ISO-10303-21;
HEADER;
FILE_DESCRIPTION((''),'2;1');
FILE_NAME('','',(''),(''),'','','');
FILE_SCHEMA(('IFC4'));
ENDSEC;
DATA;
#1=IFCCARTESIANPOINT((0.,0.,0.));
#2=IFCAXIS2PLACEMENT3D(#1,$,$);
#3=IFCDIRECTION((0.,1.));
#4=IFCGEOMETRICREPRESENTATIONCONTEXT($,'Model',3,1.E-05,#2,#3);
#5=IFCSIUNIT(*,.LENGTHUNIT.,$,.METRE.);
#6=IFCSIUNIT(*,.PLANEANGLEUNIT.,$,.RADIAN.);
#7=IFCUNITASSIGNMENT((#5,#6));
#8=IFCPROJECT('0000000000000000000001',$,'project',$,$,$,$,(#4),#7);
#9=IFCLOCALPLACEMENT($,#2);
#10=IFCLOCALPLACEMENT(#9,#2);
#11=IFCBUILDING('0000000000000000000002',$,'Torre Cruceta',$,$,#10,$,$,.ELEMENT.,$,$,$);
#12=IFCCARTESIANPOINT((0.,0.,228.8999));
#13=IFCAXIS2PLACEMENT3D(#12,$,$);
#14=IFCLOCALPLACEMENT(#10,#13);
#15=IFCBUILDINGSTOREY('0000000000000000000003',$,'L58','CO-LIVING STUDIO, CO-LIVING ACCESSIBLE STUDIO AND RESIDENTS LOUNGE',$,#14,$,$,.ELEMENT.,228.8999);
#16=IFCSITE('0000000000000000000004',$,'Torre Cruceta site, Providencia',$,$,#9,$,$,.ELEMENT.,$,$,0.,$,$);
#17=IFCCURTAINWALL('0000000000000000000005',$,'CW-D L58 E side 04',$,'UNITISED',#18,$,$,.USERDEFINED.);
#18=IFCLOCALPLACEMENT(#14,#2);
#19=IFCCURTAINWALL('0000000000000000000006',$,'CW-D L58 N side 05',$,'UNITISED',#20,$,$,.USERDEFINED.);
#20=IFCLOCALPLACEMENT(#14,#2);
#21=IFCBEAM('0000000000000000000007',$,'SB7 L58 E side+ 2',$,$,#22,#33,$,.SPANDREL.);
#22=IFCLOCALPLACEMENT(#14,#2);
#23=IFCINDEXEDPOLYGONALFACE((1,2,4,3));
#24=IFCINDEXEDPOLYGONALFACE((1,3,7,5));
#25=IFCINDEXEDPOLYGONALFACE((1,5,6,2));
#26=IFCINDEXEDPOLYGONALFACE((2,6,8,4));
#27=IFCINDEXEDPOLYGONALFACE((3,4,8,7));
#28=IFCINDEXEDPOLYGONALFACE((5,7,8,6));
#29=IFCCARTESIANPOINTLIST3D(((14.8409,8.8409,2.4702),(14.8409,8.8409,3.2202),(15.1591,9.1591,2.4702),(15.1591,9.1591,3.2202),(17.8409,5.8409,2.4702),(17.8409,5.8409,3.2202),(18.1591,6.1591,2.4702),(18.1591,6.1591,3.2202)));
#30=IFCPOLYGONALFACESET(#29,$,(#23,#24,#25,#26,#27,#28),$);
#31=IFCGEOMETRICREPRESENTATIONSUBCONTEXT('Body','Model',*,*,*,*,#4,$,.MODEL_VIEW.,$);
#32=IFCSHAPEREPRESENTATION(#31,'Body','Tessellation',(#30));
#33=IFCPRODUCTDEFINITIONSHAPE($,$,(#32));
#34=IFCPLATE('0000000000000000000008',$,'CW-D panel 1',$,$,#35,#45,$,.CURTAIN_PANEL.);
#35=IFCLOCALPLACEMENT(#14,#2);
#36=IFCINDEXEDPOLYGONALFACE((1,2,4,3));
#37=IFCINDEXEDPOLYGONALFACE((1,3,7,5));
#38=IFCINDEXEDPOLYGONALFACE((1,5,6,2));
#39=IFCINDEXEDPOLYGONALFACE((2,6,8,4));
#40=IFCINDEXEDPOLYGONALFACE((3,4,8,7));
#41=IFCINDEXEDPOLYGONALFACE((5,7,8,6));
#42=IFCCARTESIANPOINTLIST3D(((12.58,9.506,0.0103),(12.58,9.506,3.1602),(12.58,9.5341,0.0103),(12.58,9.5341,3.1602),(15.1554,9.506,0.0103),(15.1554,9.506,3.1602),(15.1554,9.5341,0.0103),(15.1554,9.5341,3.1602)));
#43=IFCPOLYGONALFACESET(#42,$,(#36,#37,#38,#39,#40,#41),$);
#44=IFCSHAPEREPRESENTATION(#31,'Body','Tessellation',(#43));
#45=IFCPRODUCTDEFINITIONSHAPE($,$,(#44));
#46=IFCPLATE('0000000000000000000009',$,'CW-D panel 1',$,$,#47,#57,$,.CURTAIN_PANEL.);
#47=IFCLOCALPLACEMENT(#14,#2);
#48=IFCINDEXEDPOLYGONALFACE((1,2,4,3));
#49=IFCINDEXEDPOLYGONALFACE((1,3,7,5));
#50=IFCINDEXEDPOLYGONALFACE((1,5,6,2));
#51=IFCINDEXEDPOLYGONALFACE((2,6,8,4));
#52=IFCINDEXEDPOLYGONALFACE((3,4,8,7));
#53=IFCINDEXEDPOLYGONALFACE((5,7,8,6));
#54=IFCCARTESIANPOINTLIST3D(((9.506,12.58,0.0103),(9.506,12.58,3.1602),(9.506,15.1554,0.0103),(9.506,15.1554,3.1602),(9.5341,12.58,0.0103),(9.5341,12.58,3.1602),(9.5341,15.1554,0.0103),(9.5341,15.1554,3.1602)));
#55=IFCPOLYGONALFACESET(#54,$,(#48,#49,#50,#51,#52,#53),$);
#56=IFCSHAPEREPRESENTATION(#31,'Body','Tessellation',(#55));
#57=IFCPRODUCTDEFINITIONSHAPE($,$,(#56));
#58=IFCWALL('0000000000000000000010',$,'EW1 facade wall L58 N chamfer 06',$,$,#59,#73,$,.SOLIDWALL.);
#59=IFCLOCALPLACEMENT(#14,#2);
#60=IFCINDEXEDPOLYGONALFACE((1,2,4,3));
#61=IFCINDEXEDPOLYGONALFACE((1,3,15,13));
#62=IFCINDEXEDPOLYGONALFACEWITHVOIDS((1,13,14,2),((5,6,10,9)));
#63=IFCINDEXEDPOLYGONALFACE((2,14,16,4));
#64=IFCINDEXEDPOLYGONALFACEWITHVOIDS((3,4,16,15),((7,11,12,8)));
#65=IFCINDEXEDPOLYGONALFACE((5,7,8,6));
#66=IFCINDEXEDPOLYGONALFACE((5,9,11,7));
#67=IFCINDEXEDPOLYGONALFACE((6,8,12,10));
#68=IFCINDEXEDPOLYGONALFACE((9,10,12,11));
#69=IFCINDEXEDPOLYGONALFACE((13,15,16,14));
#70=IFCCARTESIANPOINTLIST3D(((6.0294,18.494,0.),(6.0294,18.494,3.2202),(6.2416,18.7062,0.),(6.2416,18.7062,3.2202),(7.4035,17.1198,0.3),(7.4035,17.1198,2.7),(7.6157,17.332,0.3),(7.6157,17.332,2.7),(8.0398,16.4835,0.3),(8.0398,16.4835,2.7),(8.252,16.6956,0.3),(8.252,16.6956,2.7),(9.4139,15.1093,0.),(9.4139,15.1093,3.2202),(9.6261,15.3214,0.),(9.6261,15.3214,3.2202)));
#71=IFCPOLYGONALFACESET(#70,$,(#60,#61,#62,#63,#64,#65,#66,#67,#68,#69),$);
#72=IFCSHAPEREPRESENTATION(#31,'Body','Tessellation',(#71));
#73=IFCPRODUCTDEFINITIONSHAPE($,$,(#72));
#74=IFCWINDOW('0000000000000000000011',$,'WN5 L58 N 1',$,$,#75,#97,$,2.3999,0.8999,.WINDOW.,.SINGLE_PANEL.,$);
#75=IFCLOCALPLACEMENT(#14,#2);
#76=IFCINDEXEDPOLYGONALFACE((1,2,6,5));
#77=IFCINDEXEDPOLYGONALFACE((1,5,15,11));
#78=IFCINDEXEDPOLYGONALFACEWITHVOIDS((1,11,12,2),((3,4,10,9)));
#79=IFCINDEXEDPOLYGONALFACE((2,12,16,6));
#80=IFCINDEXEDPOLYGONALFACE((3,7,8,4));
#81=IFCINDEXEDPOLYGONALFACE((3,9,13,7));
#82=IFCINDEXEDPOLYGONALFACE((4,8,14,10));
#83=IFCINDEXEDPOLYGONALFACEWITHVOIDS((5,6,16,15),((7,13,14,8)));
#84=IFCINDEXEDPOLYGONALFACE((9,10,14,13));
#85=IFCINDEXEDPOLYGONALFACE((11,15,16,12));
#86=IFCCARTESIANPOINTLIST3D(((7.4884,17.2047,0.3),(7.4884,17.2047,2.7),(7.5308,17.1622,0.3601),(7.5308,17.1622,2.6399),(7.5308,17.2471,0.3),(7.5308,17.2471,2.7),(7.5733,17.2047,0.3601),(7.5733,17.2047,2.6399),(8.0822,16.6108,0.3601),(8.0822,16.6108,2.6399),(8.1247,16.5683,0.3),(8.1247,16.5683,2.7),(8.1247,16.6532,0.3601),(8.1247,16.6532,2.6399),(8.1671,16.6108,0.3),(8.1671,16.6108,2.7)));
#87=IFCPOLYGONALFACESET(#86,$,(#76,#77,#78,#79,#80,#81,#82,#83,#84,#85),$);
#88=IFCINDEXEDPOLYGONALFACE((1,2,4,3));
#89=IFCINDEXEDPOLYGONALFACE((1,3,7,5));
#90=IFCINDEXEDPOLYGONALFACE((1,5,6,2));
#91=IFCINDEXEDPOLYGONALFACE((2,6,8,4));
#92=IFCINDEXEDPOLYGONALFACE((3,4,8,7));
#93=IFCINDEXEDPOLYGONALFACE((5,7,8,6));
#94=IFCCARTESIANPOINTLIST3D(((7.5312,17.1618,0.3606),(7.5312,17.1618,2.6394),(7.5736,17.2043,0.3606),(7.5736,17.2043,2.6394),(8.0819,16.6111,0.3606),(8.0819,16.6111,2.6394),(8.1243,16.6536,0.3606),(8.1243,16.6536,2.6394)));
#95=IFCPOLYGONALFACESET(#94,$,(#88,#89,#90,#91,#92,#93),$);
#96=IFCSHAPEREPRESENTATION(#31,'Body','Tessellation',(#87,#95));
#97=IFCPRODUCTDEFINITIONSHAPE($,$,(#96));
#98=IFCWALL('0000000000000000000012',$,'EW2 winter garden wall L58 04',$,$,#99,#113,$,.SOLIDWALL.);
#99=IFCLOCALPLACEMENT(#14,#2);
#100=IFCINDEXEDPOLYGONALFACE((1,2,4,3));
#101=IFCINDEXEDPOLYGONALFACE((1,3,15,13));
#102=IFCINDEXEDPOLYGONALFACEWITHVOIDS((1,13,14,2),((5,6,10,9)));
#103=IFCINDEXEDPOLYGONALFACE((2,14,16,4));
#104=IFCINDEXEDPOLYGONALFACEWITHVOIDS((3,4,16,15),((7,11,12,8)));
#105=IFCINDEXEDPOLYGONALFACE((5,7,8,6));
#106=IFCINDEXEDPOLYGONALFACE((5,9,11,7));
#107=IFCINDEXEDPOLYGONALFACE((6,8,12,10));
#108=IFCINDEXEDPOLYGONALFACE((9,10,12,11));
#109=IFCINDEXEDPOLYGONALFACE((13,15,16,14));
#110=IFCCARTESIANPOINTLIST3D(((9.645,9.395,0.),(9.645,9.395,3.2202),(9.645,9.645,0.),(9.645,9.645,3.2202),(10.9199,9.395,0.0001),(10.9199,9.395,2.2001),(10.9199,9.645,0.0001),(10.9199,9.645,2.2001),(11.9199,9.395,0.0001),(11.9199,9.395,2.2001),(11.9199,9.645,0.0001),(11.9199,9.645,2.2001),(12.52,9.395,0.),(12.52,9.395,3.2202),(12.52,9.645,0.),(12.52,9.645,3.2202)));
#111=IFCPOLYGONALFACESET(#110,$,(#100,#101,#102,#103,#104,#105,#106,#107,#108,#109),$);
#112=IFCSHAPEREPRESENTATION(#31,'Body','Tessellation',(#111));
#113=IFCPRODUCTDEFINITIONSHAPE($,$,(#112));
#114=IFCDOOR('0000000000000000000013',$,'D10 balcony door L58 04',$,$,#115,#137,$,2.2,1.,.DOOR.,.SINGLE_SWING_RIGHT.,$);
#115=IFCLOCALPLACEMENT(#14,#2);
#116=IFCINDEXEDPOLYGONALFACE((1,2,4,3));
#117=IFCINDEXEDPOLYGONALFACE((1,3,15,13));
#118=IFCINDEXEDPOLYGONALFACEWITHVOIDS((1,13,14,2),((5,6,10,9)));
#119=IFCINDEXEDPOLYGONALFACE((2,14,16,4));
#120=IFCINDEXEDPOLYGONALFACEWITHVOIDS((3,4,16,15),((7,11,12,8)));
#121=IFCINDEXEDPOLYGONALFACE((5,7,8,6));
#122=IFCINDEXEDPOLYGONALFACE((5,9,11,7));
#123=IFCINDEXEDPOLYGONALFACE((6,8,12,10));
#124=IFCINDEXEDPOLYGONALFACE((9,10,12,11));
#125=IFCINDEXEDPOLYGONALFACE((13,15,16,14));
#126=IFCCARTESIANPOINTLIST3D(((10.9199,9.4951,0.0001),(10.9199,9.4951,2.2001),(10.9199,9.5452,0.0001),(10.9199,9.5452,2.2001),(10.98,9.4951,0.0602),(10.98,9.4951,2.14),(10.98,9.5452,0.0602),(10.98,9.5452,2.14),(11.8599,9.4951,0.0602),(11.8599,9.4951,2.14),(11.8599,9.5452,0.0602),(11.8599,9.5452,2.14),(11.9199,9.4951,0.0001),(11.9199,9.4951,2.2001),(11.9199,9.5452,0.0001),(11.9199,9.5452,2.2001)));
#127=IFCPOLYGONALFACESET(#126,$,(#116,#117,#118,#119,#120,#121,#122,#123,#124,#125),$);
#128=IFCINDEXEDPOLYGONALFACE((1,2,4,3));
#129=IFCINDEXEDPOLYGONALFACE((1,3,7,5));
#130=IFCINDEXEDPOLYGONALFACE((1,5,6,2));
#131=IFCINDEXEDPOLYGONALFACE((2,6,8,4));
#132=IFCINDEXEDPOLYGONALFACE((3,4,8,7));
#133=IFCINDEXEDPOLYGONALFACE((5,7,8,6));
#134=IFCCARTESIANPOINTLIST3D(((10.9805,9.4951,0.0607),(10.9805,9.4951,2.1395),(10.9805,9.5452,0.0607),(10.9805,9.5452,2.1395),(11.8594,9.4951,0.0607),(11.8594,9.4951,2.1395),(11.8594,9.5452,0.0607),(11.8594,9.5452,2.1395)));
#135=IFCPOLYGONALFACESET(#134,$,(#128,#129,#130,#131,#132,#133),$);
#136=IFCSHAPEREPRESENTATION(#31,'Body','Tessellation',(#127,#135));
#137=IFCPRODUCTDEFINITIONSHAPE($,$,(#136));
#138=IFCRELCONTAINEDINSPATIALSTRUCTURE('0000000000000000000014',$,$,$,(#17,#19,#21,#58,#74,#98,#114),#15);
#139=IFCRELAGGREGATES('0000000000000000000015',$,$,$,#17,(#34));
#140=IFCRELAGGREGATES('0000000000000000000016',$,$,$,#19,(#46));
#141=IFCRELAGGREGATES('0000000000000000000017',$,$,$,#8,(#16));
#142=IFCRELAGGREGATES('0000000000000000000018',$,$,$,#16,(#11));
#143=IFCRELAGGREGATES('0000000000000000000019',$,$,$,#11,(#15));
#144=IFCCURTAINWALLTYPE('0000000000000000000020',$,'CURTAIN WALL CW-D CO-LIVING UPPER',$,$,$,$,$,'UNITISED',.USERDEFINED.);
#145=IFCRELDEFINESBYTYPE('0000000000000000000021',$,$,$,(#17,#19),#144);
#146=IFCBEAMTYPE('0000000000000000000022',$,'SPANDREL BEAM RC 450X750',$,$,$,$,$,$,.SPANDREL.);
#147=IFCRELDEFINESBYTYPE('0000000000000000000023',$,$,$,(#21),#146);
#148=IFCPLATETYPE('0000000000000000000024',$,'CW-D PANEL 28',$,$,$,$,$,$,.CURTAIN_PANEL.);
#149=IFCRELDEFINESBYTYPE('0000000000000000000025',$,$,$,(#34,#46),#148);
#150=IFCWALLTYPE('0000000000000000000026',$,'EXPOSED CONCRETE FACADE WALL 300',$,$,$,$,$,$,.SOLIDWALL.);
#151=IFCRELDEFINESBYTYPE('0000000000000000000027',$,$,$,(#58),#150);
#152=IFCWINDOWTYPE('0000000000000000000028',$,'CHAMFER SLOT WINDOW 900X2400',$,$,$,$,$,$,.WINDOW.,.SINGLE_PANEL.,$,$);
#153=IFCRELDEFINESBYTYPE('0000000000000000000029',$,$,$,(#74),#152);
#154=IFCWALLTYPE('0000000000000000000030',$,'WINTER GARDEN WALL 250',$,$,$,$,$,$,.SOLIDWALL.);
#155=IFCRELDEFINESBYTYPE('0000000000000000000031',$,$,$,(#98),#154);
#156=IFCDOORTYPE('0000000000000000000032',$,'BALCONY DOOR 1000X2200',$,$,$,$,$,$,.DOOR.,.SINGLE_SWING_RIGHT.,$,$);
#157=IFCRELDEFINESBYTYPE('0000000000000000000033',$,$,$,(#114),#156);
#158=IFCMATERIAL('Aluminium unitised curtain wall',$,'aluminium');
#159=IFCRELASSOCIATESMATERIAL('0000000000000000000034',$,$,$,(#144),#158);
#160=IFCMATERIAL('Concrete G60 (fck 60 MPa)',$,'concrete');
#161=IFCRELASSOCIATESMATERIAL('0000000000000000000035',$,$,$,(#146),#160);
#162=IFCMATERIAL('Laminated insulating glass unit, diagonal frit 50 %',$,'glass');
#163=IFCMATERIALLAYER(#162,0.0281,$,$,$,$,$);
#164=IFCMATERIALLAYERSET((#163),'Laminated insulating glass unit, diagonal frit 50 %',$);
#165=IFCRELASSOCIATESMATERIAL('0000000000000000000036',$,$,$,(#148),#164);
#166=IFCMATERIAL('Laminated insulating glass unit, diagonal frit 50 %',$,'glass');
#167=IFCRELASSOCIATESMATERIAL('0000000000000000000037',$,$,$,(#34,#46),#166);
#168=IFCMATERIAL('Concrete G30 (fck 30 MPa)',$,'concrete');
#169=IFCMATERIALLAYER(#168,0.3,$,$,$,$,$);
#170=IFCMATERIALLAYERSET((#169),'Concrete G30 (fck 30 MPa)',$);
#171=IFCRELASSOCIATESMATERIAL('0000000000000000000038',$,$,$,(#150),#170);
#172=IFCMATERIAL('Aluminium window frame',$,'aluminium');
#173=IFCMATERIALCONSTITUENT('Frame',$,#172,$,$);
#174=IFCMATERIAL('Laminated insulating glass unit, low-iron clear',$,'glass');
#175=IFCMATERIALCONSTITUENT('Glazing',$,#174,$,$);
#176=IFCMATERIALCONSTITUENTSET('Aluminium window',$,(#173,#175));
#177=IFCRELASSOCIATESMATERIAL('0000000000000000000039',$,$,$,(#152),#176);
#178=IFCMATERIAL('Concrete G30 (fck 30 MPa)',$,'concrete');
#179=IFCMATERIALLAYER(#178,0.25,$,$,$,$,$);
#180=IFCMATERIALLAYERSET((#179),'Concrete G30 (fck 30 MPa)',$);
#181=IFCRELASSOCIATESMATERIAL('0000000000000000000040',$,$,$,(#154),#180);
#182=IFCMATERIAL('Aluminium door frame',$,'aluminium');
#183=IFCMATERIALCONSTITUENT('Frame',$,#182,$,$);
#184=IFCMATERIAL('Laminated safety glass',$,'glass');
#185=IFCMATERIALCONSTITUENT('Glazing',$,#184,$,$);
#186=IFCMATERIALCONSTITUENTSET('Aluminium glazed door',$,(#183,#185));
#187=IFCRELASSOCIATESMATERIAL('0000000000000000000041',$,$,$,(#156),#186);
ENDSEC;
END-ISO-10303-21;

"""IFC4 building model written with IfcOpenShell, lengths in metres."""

from ifc_helpers import new_model, si_unit, direction, frame, frame_2d, origin, origin_2d, place, context, subcontext, project, spatial, rectangle, hollow_rectangle, extrude, material, layer, layer_set, constituent, constituent_set, material_profile, profile_set, type_object, element, fill, aggregate, save


model = new_model("IFC4")

# Units and contexts
model_context = context("Model", 3, precision=1e-05, world=origin(), true_north=direction((0.0, 1.0)))
body_context = subcontext(model_context, "Body", "Model", "MODEL_VIEW")
ifc_project = project(units=[si_unit("LENGTHUNIT", "METRE"), si_unit("PLANEANGLEUNIT", "RADIAN")], contexts=[model_context])

# Site, building, storey
site_placement = place(None, origin())
site = spatial("IfcSite", under=ifc_project, at=site_placement, Name="Torre Cruceta site, Providencia", CompositionType="ELEMENT", RefElevation=0.0)
building_placement = place(site_placement, origin())
building = spatial("IfcBuilding", under=site, at=building_placement, Name="Torre Cruceta", CompositionType="ELEMENT")
storey_placement = place(building_placement, frame((0.0, 0.0, 228.8999)))
storey = spatial("IfcBuildingStorey", under=building, at=storey_placement, Name="L58", Description="CO-LIVING STUDIO, CO-LIVING ACCESSIBLE STUDIO AND RESIDENTS LOUNGE", CompositionType="ELEMENT", Elevation=228.8999)

# Curtain walls
ifc_material_1 = material(Name="Aluminium unitised curtain wall", Category="aluminium")
curtain_wall_type = type_object("IfcCurtainWallType", Name="CURTAIN WALL CW-D CO-LIVING UPPER", ElementType="UNITISED", PredefinedType="USERDEFINED", material=ifc_material_1)
curtain_wall_1_placement = place(storey_placement, origin())
curtain_wall_1 = element("IfcCurtainWall", 1, at=curtain_wall_1_placement, inside=storey, type_object=curtain_wall_type, Name="CW-D L58 E side 04", ObjectType="UNITISED", PredefinedType="USERDEFINED")
curtain_wall_2_placement = place(storey_placement, origin())
curtain_wall_2 = element("IfcCurtainWall", 2, at=curtain_wall_2_placement, inside=storey, type_object=curtain_wall_type, Name="CW-D L58 N side 05", ObjectType="UNITISED", PredefinedType="USERDEFINED")

# Beam
ifc_material_2 = material(Name="Concrete G60 (fck 60 MPa)", Category="concrete")
ifc_material_profile_1 = material_profile(ifc_material_2, rectangle(XDim=0.45, YDim=0.75, at=origin_2d()), Name="RC 450X750")
ifc_profile_set_1 = profile_set([ifc_material_profile_1], Name="Concrete G60 (fck 60 MPa)")
beam_type_1 = type_object("IfcBeamType", Name="SPANDREL BEAM RC 450X750", PredefinedType="SPANDREL", material=ifc_profile_set_1)
beam_1_placement = place(storey_placement, frame((15.0, 9.0, 2.8452), z_axis=(0.707107, -0.707107, 0.0), x_axis=(0.707107, 0.707107, 0.0)))
element("IfcBeam", 3, at=beam_1_placement, inside=storey, type_object=beam_type_1, Name="SB7 L58 E side+ 2", PredefinedType="SPANDREL", context=body_context, shape_type="SweptSolid", body=[
    extrude(rectangle(XDim=0.45, YDim=0.75, at=origin_2d()), origin(), (0.0, 0.0, 1.0), 4.2427),
])

# Plates
ifc_material_3 = material(Name="Laminated insulating glass unit, diagonal frit 50 %", Category="glass")
ifc_material_4 = material(Name="Laminated insulating glass unit, diagonal frit 50 %", Category="glass")
ifc_layer_1 = layer(ifc_material_4, 0.0281)
ifc_layer_set_1 = layer_set([ifc_layer_1], Name="Laminated insulating glass unit, diagonal frit 50 %")
plate_type = type_object("IfcPlateType", Name="CW-D PANEL 28", PredefinedType="CURTAIN_PANEL", material=ifc_layer_set_1)
plate_1_placement = place(storey_placement, frame((13.8677, 9.52, 0.0103), z_axis=(0.0, 0.0, 1.0), x_axis=(-1.0, 0.0, 0.0)))
plate_1 = element("IfcPlate", 4, at=plate_1_placement, type_object=plate_type, material=ifc_material_3, Name="CW-D panel 1", PredefinedType="CURTAIN_PANEL", context=body_context, shape_type="SweptSolid", body=[
    extrude(rectangle(XDim=2.5754, YDim=0.0281, at=origin_2d()), origin(), (0.0, 0.0, 1.0), 3.1499),
])
aggregate(curtain_wall_1, [plate_1])
plate_2_placement = place(storey_placement, frame((9.52, 13.8677, 0.0103), z_axis=(0.0, 0.0, 1.0), x_axis=(0.0, 1.0, 0.0)))
plate_2 = element("IfcPlate", 5, at=plate_2_placement, type_object=plate_type, material=ifc_material_3, Name="CW-D panel 1", PredefinedType="CURTAIN_PANEL", context=body_context, shape_type="SweptSolid", body=[
    extrude(rectangle(XDim=2.5754, YDim=0.0281, at=origin_2d()), origin(), (0.0, 0.0, 1.0), 3.1499),
])
aggregate(curtain_wall_2, [plate_2])

# Wall, opening, window
ifc_material_5 = material(Name="Concrete G30 (fck 30 MPa)", Category="concrete")
ifc_layer_2 = layer(ifc_material_5, 0.3)
ifc_layer_set_2 = layer_set([ifc_layer_2], Name="Concrete G30 (fck 30 MPa)")
wall_type_1 = type_object("IfcWallType", Name="EXPOSED CONCRETE FACADE WALL 300", PredefinedType="SOLIDWALL", material=ifc_layer_set_2)
wall_1_placement = place(storey_placement, frame((9.52, 15.2153, 0.0), z_axis=(0.0, 0.0, 1.0), x_axis=(-0.707081, 0.707132, 0.0)))
wall_1 = element("IfcWall", 6, at=wall_1_placement, inside=storey, type_object=wall_type_1, Name="EW1 facade wall L58 N chamfer 06", PredefinedType="SOLIDWALL", context=body_context, shape_type="SweptSolid", body=[
    extrude(rectangle(XDim=4.7866, YDim=0.3, at=frame_2d((2.3933, 0.0))), origin(), (0.0, 0.0, 1.0), 3.2202),
])
opening_1_placement = place(wall_1_placement, frame((1.9434, 0.0, 0.3)))
opening_1 = element("IfcOpeningElement", 7, at=opening_1_placement, cuts=wall_1, PredefinedType="OPENING", context=body_context, shape_type="SweptSolid", body=[
    extrude(rectangle(XDim=0.8999, YDim=2.3999, at=frame_2d((0.45, 1.2))), frame((0.0, 0.1599, 0.0), z_axis=(0.0, -1.0, 0.0), x_axis=(1.0, 0.0, 0.0)), (0.0, 0.0, 1.0), 0.3201),
])
ifc_material_6 = material(Name="Aluminium window frame", Category="aluminium")
ifc_constituent_1 = constituent(ifc_material_6, Name="Frame")
ifc_material_7 = material(Name="Laminated insulating glass unit, low-iron clear", Category="glass")
ifc_constituent_2 = constituent(ifc_material_7, Name="Glazing")
ifc_constituent_set_1 = constituent_set(constituents=[ifc_constituent_1, ifc_constituent_2], Name="Aluminium window")
window_type = type_object("IfcWindowType", Name="CHAMFER SLOT WINDOW 900X2400", PartitioningType="SINGLE_PANEL", PredefinedType="WINDOW", material=ifc_constituent_set_1)
window_placement = place(opening_1_placement, origin())
window = element("IfcWindow", 8, at=window_placement, inside=storey, type_object=window_type, Name="WN5 L58 N 1", OverallHeight=2.3999, OverallWidth=0.8999, PartitioningType="SINGLE_PANEL", PredefinedType="WINDOW", context=body_context, shape_type="SweptSolid", body=[
    extrude(hollow_rectangle(XDim=0.8999, YDim=2.3999, WallThickness=0.0601, at=frame_2d((0.45, 1.2))), frame((0.0, 0.03, 0.0), z_axis=(0.0, -1.0, 0.0), x_axis=(1.0, 0.0, 0.0)), (0.0, 0.0, 1.0), 0.0601),
    extrude(rectangle(XDim=0.7788, YDim=2.2788, at=frame_2d((0.45, 1.2))), frame((0.0, 0.03, 0.0), z_axis=(0.0, -1.0, 0.0), x_axis=(1.0, 0.0, 0.0)), (0.0, 0.0, 1.0), 0.0601),
])
fill(opening_1, window)

# Wall, opening, door
ifc_material_8 = material(Name="Concrete G30 (fck 30 MPa)", Category="concrete")
ifc_layer_3 = layer(ifc_material_8, 0.25)
ifc_layer_set_3 = layer_set([ifc_layer_3], Name="Concrete G30 (fck 30 MPa)")
wall_type_2 = type_object("IfcWallType", Name="WINTER GARDEN WALL 250", PredefinedType="SOLIDWALL", material=ifc_layer_set_3)
wall_2_placement = place(storey_placement, frame((12.52, 9.52, 0.0), z_axis=(0.0, 0.0, 1.0), x_axis=(-1.0, 0.0, 0.0)))
wall_2 = element("IfcWall", 9, at=wall_2_placement, inside=storey, type_object=wall_type_2, Name="EW2 winter garden wall L58 04", PredefinedType="SOLIDWALL", context=body_context, shape_type="SweptSolid", body=[
    extrude(rectangle(XDim=2.875, YDim=0.25, at=frame_2d((1.4375, 0.0))), origin(), (0.0, 0.0, 1.0), 3.2202),
])
opening_2_placement = place(wall_2_placement, frame((0.6001, 0.0, 0.0)))
opening_2 = element("IfcOpeningElement", 10, at=opening_2_placement, cuts=wall_2, PredefinedType="OPENING", context=body_context, shape_type="SweptSolid", body=[
    extrude(rectangle(XDim=1.0, YDim=2.2, at=frame_2d((0.5, 1.1001))), frame((0.0, 0.135, 0.0), z_axis=(0.0, -1.0, 0.0), x_axis=(1.0, 0.0, 0.0)), (0.0, 0.0, 1.0), 0.27),
])
ifc_material_9 = material(Name="Aluminium door frame", Category="aluminium")
ifc_constituent_3 = constituent(ifc_material_9, Name="Frame")
ifc_material_10 = material(Name="Laminated safety glass", Category="glass")
ifc_constituent_4 = constituent(ifc_material_10, Name="Glazing")
ifc_constituent_set_2 = constituent_set(constituents=[ifc_constituent_3, ifc_constituent_4], Name="Aluminium glazed door")
door_type = type_object("IfcDoorType", Name="BALCONY DOOR 1000X2200", OperationType="SINGLE_SWING_RIGHT", PredefinedType="DOOR", material=ifc_constituent_set_2)
door_1_placement = place(opening_2_placement, origin())
door_1 = element("IfcDoor", 11, at=door_1_placement, inside=storey, type_object=door_type, Name="D10 balcony door L58 04", OperationType="SINGLE_SWING_RIGHT", OverallHeight=2.2, OverallWidth=1.0, PredefinedType="DOOR", context=body_context, shape_type="SweptSolid", body=[
    extrude(hollow_rectangle(XDim=1.0, YDim=2.2, WallThickness=0.0601, at=frame_2d((0.5, 1.1001))), frame((0.0, 0.0249, 0.0), z_axis=(0.0, -1.0, 0.0), x_axis=(1.0, 0.0, 0.0)), (0.0, 0.0, 1.0), 0.05),
    extrude(rectangle(XDim=0.8789, YDim=2.0789, at=frame_2d((0.5, 1.1001))), frame((0.0, 0.0249, 0.0), z_axis=(0.0, -1.0, 0.0), x_axis=(1.0, 0.0, 0.0)), (0.0, 0.0, 1.0), 0.05),
])
fill(opening_2, door_1)

save(model, "model.ifc")
